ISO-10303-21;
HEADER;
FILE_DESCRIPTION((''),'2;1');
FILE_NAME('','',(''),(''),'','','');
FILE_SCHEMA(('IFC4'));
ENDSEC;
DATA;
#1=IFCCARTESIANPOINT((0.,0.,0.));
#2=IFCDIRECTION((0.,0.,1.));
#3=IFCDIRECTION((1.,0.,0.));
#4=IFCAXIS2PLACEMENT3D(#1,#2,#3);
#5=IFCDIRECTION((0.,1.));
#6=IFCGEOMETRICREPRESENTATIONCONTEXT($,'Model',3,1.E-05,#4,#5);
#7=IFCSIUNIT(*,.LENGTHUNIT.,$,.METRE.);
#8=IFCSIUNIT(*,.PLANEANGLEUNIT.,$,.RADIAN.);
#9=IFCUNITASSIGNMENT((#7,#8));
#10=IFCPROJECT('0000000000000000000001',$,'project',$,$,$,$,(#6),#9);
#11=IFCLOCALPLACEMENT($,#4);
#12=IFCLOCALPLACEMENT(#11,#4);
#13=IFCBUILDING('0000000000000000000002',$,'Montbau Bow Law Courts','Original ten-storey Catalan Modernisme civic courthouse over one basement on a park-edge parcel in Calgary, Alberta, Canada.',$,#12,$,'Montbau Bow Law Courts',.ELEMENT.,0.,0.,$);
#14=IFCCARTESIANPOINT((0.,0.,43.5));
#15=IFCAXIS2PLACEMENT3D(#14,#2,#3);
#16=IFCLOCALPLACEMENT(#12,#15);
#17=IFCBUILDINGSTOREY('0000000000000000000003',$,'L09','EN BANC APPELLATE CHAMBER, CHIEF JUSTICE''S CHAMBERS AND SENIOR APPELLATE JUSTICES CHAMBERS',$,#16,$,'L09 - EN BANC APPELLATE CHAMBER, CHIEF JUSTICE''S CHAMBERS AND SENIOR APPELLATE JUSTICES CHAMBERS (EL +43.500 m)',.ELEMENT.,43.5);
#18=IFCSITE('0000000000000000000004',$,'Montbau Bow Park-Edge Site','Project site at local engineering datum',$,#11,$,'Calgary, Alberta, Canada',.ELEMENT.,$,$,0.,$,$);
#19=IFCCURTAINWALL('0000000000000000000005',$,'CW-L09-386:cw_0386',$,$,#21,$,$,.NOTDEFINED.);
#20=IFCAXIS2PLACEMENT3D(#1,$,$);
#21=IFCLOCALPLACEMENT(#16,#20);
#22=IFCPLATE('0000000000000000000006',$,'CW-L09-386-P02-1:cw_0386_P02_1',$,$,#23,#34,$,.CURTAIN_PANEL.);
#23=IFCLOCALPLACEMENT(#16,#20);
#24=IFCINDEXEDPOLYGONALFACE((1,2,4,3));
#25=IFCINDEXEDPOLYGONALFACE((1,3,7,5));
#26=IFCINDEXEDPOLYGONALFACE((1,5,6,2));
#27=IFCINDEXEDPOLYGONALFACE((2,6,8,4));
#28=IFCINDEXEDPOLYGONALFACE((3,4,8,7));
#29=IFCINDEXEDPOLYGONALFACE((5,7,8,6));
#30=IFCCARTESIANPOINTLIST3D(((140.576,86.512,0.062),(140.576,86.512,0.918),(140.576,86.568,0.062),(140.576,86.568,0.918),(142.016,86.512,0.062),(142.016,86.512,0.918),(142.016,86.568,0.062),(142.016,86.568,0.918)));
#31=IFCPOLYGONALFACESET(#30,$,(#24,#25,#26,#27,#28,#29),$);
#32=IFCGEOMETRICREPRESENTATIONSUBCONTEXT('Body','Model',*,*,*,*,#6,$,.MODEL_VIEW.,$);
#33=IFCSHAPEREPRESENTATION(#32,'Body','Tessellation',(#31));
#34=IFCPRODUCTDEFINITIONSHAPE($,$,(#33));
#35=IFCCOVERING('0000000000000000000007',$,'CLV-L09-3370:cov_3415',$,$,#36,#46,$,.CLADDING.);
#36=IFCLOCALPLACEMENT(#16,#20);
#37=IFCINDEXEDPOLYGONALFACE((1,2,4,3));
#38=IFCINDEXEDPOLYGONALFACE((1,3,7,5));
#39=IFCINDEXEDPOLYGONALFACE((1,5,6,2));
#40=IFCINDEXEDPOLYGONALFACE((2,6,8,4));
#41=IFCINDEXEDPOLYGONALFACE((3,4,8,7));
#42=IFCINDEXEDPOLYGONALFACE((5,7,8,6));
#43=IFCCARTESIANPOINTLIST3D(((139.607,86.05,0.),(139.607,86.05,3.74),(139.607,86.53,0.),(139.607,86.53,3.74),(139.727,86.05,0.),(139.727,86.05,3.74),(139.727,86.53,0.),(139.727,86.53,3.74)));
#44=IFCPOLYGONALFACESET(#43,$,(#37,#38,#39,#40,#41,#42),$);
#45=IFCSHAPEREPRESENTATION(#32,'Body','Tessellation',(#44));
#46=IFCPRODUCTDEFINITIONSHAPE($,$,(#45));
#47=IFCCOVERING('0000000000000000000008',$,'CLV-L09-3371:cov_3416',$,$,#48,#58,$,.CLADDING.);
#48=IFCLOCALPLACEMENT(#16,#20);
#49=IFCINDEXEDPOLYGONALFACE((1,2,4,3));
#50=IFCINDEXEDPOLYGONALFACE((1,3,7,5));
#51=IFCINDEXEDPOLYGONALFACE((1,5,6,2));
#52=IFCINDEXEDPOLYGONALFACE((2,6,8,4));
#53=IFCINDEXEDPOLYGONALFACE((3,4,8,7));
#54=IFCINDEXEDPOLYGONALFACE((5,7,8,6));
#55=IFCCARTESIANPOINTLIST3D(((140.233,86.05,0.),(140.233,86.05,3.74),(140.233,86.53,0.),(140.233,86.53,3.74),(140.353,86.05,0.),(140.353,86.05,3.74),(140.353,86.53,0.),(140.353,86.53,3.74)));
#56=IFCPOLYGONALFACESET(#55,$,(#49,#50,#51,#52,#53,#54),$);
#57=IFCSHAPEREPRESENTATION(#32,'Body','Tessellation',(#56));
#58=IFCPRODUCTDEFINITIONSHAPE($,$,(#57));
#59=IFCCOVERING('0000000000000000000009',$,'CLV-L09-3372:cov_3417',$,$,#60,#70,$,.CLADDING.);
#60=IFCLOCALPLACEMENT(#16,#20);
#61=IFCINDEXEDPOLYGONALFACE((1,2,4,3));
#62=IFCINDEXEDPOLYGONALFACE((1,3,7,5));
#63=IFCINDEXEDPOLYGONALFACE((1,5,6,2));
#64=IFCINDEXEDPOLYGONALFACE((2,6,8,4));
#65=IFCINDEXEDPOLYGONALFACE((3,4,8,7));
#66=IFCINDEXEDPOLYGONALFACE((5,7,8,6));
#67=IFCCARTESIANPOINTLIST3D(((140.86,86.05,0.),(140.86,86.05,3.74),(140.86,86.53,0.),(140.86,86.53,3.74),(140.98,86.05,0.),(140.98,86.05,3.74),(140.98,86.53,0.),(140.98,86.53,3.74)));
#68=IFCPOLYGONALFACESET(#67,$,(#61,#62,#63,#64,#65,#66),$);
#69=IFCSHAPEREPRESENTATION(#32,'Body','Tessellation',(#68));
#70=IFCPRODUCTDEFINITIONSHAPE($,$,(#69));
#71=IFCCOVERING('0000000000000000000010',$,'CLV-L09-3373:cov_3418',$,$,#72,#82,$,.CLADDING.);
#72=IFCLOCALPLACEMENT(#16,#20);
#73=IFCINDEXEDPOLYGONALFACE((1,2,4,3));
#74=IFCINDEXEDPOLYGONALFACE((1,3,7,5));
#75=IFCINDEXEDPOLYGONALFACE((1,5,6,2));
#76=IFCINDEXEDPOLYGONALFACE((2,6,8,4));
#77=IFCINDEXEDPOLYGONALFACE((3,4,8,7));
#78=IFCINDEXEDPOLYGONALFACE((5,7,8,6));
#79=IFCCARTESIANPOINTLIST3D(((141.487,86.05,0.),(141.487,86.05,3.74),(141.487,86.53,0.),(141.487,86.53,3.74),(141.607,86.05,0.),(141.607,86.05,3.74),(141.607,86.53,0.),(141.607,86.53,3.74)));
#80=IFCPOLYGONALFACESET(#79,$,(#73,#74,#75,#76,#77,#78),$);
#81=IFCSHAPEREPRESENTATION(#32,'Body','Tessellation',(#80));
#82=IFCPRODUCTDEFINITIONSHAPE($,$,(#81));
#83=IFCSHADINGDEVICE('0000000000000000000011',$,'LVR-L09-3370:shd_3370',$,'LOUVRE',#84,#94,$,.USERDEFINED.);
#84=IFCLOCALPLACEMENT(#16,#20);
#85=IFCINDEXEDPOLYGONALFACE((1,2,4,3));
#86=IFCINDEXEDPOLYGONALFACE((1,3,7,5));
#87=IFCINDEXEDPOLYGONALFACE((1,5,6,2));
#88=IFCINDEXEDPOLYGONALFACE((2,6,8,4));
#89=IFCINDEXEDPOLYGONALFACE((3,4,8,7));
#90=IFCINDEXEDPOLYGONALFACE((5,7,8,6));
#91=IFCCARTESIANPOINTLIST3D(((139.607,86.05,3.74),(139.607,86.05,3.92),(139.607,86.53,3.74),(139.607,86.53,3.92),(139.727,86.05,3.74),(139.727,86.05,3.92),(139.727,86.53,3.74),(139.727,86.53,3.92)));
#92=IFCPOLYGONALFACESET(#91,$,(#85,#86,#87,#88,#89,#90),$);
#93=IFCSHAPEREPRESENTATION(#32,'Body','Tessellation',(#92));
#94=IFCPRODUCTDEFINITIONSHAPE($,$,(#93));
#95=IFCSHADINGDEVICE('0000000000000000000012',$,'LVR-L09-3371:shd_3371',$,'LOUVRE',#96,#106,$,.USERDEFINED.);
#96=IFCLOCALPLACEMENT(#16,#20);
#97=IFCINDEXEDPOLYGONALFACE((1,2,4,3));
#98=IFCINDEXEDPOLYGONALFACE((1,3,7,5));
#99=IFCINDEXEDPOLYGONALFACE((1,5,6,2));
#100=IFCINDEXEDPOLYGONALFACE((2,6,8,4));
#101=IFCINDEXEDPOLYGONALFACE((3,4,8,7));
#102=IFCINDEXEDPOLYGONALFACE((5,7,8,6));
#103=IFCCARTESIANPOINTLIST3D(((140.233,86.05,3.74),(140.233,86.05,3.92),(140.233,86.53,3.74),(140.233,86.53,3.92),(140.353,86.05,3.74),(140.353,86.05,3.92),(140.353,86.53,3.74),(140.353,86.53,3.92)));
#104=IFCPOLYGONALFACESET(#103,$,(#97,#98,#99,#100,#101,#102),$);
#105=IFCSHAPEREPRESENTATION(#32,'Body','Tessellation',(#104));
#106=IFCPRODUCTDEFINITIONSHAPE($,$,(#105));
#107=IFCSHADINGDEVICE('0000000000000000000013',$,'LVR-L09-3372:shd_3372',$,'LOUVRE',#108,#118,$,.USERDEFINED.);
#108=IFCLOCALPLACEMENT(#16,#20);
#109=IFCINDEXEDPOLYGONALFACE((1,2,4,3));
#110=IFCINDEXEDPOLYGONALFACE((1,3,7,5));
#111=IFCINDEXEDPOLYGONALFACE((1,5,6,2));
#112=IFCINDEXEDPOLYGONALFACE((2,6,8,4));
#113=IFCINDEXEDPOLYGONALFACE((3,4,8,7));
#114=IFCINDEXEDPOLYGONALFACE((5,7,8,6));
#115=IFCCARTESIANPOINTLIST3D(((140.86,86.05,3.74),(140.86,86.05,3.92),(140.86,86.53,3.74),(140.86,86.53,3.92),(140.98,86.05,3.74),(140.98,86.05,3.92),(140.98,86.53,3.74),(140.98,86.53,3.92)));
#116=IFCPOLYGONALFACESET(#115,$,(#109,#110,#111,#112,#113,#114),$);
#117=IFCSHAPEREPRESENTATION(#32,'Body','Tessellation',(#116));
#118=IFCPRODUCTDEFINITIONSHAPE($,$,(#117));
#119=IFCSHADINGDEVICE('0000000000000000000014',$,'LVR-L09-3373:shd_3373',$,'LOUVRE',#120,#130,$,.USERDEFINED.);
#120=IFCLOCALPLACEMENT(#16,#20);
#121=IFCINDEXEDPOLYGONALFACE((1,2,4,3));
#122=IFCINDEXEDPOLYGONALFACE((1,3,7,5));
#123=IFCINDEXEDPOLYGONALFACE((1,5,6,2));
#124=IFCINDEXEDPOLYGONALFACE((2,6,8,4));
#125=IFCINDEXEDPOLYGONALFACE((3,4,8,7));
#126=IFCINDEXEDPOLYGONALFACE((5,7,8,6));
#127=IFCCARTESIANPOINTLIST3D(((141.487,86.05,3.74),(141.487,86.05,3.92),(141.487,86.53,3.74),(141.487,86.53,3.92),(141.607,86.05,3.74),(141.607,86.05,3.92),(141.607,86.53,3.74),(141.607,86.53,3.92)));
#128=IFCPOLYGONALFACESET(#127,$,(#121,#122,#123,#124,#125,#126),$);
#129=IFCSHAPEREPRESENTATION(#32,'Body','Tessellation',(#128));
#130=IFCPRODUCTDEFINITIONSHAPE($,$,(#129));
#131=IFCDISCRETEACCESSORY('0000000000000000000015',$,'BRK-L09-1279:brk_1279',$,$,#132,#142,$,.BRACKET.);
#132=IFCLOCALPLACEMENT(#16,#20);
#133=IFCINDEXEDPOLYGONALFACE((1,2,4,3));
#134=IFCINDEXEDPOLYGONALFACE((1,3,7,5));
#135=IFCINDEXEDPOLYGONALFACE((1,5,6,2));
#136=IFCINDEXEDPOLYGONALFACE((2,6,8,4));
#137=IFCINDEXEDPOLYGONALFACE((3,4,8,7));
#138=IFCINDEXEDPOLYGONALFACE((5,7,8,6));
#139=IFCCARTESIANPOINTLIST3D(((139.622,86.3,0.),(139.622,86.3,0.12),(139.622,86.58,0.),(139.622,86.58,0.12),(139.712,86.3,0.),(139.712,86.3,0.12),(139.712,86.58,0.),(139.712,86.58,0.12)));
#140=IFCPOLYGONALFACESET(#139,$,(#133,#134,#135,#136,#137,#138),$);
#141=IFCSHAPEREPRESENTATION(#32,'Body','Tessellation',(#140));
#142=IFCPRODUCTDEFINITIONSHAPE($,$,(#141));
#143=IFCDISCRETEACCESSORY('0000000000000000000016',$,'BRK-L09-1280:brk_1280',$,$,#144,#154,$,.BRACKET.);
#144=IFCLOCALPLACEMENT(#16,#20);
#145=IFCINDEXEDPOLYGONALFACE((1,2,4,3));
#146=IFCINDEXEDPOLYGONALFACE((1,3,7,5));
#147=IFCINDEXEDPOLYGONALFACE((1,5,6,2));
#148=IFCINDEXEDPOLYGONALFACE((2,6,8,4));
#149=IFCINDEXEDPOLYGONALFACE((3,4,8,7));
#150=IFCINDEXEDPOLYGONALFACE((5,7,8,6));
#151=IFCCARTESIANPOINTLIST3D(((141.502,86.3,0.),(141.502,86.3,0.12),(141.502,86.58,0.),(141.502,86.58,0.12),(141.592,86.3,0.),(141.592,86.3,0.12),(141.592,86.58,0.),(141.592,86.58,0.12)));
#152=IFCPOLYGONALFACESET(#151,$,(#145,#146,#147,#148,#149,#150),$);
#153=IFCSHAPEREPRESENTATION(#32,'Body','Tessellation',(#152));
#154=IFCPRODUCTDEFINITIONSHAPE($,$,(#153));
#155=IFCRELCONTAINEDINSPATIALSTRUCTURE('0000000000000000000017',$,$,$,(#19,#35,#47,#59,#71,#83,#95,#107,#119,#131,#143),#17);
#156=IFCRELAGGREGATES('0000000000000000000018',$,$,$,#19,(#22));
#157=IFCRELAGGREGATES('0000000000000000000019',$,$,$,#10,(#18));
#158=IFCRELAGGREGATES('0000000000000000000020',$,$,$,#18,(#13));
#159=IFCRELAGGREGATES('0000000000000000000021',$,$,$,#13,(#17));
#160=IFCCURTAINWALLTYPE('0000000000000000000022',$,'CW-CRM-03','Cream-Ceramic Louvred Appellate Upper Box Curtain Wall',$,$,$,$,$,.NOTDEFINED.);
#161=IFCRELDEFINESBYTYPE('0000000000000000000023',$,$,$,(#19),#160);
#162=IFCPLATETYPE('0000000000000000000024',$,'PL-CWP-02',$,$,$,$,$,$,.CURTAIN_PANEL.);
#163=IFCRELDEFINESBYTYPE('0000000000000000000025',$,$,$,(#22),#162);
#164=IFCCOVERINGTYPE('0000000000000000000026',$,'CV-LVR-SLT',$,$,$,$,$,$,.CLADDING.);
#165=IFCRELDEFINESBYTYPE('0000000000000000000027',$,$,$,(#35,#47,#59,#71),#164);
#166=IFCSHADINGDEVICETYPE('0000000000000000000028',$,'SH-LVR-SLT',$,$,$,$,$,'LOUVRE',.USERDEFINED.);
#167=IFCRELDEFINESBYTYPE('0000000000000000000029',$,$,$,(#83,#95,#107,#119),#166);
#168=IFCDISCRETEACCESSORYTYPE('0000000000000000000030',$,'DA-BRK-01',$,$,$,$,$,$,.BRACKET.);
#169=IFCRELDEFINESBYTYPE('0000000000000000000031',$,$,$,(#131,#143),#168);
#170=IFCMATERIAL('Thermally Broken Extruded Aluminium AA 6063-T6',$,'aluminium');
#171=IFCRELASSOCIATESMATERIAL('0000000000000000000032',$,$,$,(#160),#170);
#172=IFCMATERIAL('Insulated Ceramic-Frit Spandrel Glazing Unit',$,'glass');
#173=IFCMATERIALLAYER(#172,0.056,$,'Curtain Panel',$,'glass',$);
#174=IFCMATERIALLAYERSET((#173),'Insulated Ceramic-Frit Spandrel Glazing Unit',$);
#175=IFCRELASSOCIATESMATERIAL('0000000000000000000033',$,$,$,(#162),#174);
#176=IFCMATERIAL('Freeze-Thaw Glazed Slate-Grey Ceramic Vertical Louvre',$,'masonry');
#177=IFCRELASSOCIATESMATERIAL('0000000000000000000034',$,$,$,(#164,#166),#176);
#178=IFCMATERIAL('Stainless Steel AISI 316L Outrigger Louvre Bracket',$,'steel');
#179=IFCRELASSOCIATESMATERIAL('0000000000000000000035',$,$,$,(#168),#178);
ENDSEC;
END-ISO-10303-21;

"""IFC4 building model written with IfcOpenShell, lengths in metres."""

from ifc_helpers import new_model, si_unit, direction, frame, frame_2d, origin_with_axes, origin_2d_with_axis, place, context, subcontext, project, spatial, rectangle, extrude, material, layer, layer_set, type_object, element, aggregate, save


model = new_model("IFC4")

# Units and contexts
model_context = context("Model", 3, precision=1e-05, world=origin_with_axes(), true_north=direction((0.0, 1.0)))
body_context = subcontext(model_context, "Body", "Model", "MODEL_VIEW")
ifc_project = project(units=[si_unit("LENGTHUNIT", "METRE"), si_unit("PLANEANGLEUNIT", "RADIAN")], contexts=[model_context])

# Site, building, storey
site_placement = place(None, origin_with_axes())
site = spatial("IfcSite", under=ifc_project, at=site_placement, Name="Montbau Bow Park-Edge Site", Description="Project site at local engineering datum", LongName="Calgary, Alberta, Canada", CompositionType="ELEMENT", RefElevation=0.0)
building_placement = place(site_placement, origin_with_axes())
building = spatial("IfcBuilding", under=site, at=building_placement, Name="Montbau Bow Law Courts", Description="Original ten-storey Catalan Modernisme civic courthouse over one basement on a park-edge parcel in Calgary, Alberta, Canada.", LongName="Montbau Bow Law Courts", CompositionType="ELEMENT", ElevationOfRefHeight=0.0, ElevationOfTerrain=0.0)
storey_placement = place(building_placement, frame((0.0, 0.0, 43.5), z_axis=(0.0, 0.0, 1.0), x_axis=(1.0, 0.0, 0.0)))
storey = spatial("IfcBuildingStorey", under=building, at=storey_placement, Name="L09", Description="EN BANC APPELLATE CHAMBER, CHIEF JUSTICE'S CHAMBERS AND SENIOR APPELLATE JUSTICES CHAMBERS", LongName="L09 - EN BANC APPELLATE CHAMBER, CHIEF JUSTICE'S CHAMBERS AND SENIOR APPELLATE JUSTICES CHAMBERS (EL +43.500 m)", CompositionType="ELEMENT", Elevation=43.5)

# Curtain wall, plate
ifc_material_1 = material(Name="Thermally Broken Extruded Aluminium AA 6063-T6", Category="aluminium")
curtain_wall_type = type_object("IfcCurtainWallType", Name="CW-CRM-03", Description="Cream-Ceramic Louvred Appellate Upper Box Curtain Wall", PredefinedType="NOTDEFINED", material=ifc_material_1)
curtain_wall_placement = place(None, frame((139.04, 86.54, 43.5), z_axis=(0.0, 0.0, 1.0), x_axis=(1.0, 0.0, 0.0)))
curtain_wall = element("IfcCurtainWall", 1, at=curtain_wall_placement, inside=storey, type_object=curtain_wall_type, Name="CW-L09-386:cw_0386", PredefinedType="NOTDEFINED")
ifc_material_2 = material(Name="Insulated Ceramic-Frit Spandrel Glazing Unit", Category="glass")
ifc_layer_1 = layer(ifc_material_2, 0.056, Name="Curtain Panel", Category="glass")
ifc_layer_set_1 = layer_set([ifc_layer_1], Name="Insulated Ceramic-Frit Spandrel Glazing Unit")
plate_type_1 = type_object("IfcPlateType", Name="PL-CWP-02", PredefinedType="CURTAIN_PANEL", material=ifc_layer_set_1)
plate_1_placement = place(None, frame((140.576, 86.54, 43.562), z_axis=(0.0, -1.0, 0.0), x_axis=(1.0, 0.0, 0.0)))
plate_1 = element("IfcPlate", 2, at=plate_1_placement, type_object=plate_type_1, Name="CW-L09-386-P02-1:cw_0386_P02_1", PredefinedType="CURTAIN_PANEL", context=body_context, shape_type="SweptSolid", body=[
    extrude(rectangle(XDim=1.44, YDim=0.856, at=frame_2d((0.72, 0.428), x_axis=(1.0, 0.0))), frame((0.0, 0.0, -0.028), z_axis=(0.0, 0.0, 1.0), x_axis=(1.0, 0.0, 0.0)), (0.0, 0.0, 1.0), 0.056),
])
aggregate(curtain_wall, [plate_1])

# Coverings
ifc_material_3 = material(Name="Freeze-Thaw Glazed Slate-Grey Ceramic Vertical Louvre", Category="masonry")
covering_type = type_object("IfcCoveringType", Name="CV-LVR-SLT", PredefinedType="CLADDING", material=ifc_material_3)
for number, where, z_axis, x_axis, name in (
    (3, (139.667, 86.53, 43.5), (-1.0, 0.0, 0.0), (0.0, -1.0, 0.0), "CLV-L09-3370:cov_3415"),
    (4, (140.293, 86.53, 43.5), (-1.0, 0.0, 0.0), (0.0, -1.0, 0.0), "CLV-L09-3371:cov_3416"),
    (5, (140.92, 86.53, 43.5), (-1.0, 0.0, 0.0), (0.0, -1.0, 0.0), "CLV-L09-3372:cov_3417"),
    (6, (141.547, 86.53, 43.5), (-1.0, 0.0, 0.0), (0.0, -1.0, 0.0), "CLV-L09-3373:cov_3418"),
):
    element("IfcCovering", number, at=place(None, frame(where, z_axis=z_axis, x_axis=x_axis)), inside=storey, type_object=covering_type, Name=name, PredefinedType="CLADDING", context=body_context, shape_type="SweptSolid", body=[
        extrude(rectangle(XDim=0.48, YDim=3.74, at=frame_2d((0.24, 1.87), x_axis=(1.0, 0.0))), frame((0.0, 0.0, -0.06), z_axis=(0.0, 0.0, 1.0), x_axis=(1.0, 0.0, 0.0)), (0.0, 0.0, 1.0), 0.12),
    ])

# Shading devices
shading_device_type = type_object("IfcShadingDeviceType", Name="SH-LVR-SLT", ElementType="LOUVRE", PredefinedType="USERDEFINED", material=ifc_material_3)
for number, where, z_axis, x_axis, name in (
    (7, (139.667, 86.29, 47.24), (0.0, 0.0, 1.0), (0.0, -1.0, 0.0), "LVR-L09-3370:shd_3370"),
    (8, (140.293, 86.29, 47.24), (0.0, 0.0, 1.0), (0.0, -1.0, 0.0), "LVR-L09-3371:shd_3371"),
    (9, (140.92, 86.29, 47.24), (0.0, 0.0, 1.0), (0.0, -1.0, 0.0), "LVR-L09-3372:shd_3372"),
    (10, (141.547, 86.29, 47.24), (0.0, 0.0, 1.0), (0.0, -1.0, 0.0), "LVR-L09-3373:shd_3373"),
):
    element("IfcShadingDevice", number, at=place(None, frame(where, z_axis=z_axis, x_axis=x_axis)), inside=storey, type_object=shading_device_type, Name=name, ObjectType="LOUVRE", PredefinedType="USERDEFINED", context=body_context, shape_type="SweptSolid", body=[
        extrude(rectangle(XDim=0.48, YDim=0.12, at=origin_2d_with_axis()), origin_with_axes(), (0.0, 0.0, 1.0), 0.18),
    ])

# Discrete accessories
ifc_material_4 = material(Name="Stainless Steel AISI 316L Outrigger Louvre Bracket", Category="steel")
discrete_accessory_type = type_object("IfcDiscreteAccessoryType", Name="DA-BRK-01", PredefinedType="BRACKET", material=ifc_material_4)
for number, where, z_axis, x_axis, name in (
    (11, (139.667, 86.44, 43.5), (0.0, 0.0, 1.0), (0.0, -1.0, 0.0), "BRK-L09-1279:brk_1279"),
    (12, (141.547, 86.44, 43.5), (0.0, 0.0, 1.0), (0.0, -1.0, 0.0), "BRK-L09-1280:brk_1280"),
):
    element("IfcDiscreteAccessory", number, at=place(None, frame(where, z_axis=z_axis, x_axis=x_axis)), inside=storey, type_object=discrete_accessory_type, Name=name, PredefinedType="BRACKET", context=body_context, shape_type="SweptSolid", body=[
        extrude(rectangle(XDim=0.28, YDim=0.09, at=origin_2d_with_axis()), origin_with_axes(), (0.0, 0.0, 1.0), 0.12),
    ])

save(model, "model.ifc")
